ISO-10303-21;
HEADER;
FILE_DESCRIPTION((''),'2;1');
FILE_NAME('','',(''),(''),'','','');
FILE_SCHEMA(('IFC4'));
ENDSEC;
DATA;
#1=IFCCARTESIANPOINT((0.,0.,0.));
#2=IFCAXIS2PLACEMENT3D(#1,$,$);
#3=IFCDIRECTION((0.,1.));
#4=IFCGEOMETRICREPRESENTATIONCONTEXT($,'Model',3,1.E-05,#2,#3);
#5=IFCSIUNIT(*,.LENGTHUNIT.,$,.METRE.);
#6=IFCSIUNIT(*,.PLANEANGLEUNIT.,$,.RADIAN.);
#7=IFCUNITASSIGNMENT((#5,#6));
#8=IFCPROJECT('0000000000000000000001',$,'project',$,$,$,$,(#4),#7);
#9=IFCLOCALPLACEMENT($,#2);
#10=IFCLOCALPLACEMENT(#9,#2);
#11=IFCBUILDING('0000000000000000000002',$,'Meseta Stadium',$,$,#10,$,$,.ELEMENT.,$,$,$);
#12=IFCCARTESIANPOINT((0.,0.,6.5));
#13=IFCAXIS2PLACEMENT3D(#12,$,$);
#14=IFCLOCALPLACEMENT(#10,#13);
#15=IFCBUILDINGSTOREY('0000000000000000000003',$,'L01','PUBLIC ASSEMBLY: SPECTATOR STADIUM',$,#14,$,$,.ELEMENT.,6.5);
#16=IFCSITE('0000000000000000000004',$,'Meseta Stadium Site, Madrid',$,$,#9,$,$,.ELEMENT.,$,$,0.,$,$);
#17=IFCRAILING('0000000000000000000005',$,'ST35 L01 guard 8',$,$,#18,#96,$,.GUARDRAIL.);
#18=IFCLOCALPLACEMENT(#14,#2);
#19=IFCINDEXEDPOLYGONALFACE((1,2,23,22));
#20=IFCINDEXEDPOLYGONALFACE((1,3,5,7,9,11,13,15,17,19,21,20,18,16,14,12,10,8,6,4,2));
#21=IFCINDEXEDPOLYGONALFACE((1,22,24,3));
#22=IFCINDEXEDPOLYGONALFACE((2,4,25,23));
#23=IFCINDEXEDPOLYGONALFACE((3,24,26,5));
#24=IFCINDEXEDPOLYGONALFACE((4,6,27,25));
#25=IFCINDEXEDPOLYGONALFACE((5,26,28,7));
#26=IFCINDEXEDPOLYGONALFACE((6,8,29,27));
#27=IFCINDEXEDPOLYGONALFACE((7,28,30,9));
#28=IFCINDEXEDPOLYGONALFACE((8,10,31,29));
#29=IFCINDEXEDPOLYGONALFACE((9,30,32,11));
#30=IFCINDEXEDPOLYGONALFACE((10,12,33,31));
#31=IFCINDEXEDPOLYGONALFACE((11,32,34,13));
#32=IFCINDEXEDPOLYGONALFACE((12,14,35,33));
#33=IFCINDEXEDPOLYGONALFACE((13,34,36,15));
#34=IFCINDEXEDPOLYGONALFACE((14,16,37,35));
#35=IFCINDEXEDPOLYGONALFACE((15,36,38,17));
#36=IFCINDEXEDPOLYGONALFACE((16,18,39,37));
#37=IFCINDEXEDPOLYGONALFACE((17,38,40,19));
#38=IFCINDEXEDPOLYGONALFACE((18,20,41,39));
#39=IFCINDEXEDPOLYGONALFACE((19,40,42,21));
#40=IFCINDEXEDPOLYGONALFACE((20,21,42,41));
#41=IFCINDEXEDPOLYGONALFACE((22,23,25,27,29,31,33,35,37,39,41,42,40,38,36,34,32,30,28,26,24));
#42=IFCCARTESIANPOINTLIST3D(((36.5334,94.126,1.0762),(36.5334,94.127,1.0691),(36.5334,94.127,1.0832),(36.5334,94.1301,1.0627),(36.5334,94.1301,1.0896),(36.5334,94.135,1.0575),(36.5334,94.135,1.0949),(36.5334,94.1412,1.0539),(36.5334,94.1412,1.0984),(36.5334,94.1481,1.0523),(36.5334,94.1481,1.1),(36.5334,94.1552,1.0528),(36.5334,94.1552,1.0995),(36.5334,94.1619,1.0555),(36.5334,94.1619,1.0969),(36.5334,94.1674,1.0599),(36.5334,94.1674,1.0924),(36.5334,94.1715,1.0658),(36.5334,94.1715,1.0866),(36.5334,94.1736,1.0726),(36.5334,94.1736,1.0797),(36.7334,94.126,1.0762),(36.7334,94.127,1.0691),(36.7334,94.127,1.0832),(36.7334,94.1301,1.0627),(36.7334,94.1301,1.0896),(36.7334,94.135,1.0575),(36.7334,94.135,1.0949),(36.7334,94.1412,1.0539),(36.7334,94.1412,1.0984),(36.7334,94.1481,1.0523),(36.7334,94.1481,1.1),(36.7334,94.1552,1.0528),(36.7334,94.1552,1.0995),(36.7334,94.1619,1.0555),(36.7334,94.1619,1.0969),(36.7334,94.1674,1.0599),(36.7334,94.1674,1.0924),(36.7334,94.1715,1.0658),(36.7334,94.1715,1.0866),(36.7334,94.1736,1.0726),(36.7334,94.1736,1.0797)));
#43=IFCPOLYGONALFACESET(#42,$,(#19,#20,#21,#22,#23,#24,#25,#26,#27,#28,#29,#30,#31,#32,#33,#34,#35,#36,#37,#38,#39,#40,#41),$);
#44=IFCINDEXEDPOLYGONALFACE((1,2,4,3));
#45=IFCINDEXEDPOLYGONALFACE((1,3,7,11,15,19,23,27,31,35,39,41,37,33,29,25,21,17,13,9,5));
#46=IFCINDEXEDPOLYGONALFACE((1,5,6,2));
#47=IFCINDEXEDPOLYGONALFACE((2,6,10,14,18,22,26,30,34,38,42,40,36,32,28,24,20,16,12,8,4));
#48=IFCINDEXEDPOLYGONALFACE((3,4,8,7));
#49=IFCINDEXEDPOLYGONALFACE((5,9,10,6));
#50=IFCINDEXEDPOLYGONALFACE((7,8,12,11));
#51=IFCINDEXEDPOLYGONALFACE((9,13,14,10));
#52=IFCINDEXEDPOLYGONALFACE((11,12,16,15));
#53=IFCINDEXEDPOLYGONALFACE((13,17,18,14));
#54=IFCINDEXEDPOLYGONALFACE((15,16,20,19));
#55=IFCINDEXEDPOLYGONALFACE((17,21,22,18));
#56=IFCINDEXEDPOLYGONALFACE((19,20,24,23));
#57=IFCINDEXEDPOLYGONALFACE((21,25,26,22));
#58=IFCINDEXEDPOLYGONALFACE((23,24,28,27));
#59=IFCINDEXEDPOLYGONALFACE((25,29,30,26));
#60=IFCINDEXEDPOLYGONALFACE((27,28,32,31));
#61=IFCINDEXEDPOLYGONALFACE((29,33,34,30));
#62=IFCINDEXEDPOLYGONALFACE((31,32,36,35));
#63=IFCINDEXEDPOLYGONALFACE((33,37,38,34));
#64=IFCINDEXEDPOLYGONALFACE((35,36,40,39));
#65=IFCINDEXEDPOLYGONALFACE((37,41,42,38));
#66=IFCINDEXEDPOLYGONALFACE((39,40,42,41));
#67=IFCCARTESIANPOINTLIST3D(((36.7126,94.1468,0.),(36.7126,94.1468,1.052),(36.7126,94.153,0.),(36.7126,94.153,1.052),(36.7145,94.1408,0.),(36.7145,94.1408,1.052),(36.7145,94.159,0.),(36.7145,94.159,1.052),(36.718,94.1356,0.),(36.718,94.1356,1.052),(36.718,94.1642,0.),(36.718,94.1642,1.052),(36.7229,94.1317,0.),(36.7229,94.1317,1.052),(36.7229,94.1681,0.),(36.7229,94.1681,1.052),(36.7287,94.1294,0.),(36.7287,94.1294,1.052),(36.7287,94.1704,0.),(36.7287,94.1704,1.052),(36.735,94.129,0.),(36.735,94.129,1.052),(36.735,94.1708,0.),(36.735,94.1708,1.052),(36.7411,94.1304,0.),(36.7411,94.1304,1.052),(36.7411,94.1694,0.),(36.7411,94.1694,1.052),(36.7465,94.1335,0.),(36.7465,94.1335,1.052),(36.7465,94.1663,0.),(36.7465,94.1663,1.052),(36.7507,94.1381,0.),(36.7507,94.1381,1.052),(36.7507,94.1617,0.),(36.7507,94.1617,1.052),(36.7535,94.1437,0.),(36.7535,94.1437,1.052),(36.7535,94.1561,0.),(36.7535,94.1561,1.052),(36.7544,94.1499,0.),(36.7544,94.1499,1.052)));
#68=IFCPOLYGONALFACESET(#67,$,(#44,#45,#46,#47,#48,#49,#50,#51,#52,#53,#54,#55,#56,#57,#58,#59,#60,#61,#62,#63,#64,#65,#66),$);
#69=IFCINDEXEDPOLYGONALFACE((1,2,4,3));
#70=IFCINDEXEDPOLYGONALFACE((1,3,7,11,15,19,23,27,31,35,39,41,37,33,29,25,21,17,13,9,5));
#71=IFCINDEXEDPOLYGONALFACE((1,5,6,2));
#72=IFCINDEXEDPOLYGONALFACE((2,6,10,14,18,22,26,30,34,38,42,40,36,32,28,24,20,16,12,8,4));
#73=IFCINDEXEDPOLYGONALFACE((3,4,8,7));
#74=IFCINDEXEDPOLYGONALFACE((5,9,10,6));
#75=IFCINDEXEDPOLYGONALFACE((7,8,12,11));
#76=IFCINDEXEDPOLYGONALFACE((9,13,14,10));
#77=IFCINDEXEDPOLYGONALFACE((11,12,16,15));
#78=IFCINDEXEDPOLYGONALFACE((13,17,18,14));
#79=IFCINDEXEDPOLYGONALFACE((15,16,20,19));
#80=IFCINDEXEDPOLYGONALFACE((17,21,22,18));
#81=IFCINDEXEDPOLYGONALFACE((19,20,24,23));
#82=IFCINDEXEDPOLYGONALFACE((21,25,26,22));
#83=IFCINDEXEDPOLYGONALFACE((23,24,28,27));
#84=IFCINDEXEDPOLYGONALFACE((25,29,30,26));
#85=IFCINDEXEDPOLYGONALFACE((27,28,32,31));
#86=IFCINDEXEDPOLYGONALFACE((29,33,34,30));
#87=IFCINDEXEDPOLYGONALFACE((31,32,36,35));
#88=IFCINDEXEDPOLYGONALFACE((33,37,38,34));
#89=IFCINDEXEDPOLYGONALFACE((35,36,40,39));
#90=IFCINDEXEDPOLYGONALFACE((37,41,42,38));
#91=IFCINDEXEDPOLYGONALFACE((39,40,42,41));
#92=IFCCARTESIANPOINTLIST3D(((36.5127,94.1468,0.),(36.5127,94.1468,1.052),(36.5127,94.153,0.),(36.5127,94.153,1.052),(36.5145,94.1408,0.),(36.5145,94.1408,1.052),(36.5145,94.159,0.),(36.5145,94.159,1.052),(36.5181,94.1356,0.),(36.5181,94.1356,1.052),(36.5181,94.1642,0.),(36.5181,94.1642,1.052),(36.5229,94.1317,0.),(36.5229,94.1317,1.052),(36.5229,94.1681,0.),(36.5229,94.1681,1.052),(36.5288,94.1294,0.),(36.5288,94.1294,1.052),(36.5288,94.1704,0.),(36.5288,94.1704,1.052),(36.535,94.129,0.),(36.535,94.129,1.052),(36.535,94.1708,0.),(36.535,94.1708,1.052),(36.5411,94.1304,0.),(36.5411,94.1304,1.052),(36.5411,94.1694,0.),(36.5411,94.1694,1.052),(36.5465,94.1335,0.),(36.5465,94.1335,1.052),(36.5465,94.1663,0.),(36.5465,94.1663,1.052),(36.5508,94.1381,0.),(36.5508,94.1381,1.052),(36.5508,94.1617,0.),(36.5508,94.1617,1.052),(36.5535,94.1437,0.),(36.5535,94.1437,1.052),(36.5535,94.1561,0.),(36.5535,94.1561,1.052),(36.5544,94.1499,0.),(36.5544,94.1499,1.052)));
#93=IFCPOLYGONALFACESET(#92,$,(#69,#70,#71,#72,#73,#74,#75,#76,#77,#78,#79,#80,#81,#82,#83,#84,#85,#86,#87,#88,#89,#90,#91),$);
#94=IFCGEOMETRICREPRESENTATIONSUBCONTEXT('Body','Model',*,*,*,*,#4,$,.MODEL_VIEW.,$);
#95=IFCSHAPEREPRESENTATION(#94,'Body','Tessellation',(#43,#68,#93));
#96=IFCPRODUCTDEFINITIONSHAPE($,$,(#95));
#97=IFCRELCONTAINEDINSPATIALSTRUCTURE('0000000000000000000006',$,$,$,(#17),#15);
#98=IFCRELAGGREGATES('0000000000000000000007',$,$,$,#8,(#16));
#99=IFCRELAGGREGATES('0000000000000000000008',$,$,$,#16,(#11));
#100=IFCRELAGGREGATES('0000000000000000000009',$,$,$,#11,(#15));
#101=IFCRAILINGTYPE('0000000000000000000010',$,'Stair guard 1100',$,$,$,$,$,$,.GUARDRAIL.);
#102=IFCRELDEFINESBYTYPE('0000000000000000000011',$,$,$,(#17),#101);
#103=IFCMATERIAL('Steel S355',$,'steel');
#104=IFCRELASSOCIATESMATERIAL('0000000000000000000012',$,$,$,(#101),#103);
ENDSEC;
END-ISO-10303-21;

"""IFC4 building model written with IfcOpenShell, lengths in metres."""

from ifc_helpers import new_model, si_unit, direction, frame, origin, origin_2d, place, context, subcontext, project, spatial, circle, extrude, material, type_object, element, save


model = new_model("IFC4")

# Units and contexts
model_context = context("Model", 3, precision=1e-05, world=origin(), true_north=direction((0.0, 1.0)))
body_context = subcontext(model_context, "Body", "Model", "MODEL_VIEW")
ifc_project = project(units=[si_unit("LENGTHUNIT", "METRE"), si_unit("PLANEANGLEUNIT", "RADIAN")], contexts=[model_context])

# Site, building, storey
site_placement = place(None, origin())
site = spatial("IfcSite", under=ifc_project, at=site_placement, Name="Meseta Stadium Site, Madrid", CompositionType="ELEMENT", RefElevation=0.0)
building_placement = place(site_placement, origin())
building = spatial("IfcBuilding", under=site, at=building_placement, Name="Meseta Stadium", CompositionType="ELEMENT")
storey_placement = place(building_placement, frame((0.0, 0.0, 6.5)))
storey = spatial("IfcBuildingStorey", under=building, at=storey_placement, Name="L01", Description="PUBLIC ASSEMBLY: SPECTATOR STADIUM", CompositionType="ELEMENT", Elevation=6.5)

# Railing
ifc_material_1 = material(Name="Steel S355", Category="steel")
railing_type_1 = type_object("IfcRailingType", Name="Stair guard 1100", PredefinedType="GUARDRAIL", material=ifc_material_1)
railing_1_placement = place(storey_placement, frame((36.7334, 94.1499, 0.0)))
element("IfcRailing", 1, at=railing_1_placement, inside=storey, type_object=railing_type_1, Name="ST35 L01 guard 8", PredefinedType="GUARDRAIL", context=body_context, shape_type="SweptSolid", body=[
    extrude(circle(Radius=0.0239, at=origin_2d()), frame((0.0, 0.0, 1.0762), z_axis=(-1.0, 0.0, 0.0), x_axis=(0.0, -1.0, 0.0)), (0.0, 0.0, 1.0), 0.2),
    extrude(circle(Radius=0.021, at=origin_2d()), origin(), (0.0, 0.0, 1.0), 1.052),
    extrude(circle(Radius=0.021, at=origin_2d()), frame((-0.2, 0.0, 0.0)), (0.0, 0.0, 1.0), 1.052),
])

save(model, "model.ifc")
